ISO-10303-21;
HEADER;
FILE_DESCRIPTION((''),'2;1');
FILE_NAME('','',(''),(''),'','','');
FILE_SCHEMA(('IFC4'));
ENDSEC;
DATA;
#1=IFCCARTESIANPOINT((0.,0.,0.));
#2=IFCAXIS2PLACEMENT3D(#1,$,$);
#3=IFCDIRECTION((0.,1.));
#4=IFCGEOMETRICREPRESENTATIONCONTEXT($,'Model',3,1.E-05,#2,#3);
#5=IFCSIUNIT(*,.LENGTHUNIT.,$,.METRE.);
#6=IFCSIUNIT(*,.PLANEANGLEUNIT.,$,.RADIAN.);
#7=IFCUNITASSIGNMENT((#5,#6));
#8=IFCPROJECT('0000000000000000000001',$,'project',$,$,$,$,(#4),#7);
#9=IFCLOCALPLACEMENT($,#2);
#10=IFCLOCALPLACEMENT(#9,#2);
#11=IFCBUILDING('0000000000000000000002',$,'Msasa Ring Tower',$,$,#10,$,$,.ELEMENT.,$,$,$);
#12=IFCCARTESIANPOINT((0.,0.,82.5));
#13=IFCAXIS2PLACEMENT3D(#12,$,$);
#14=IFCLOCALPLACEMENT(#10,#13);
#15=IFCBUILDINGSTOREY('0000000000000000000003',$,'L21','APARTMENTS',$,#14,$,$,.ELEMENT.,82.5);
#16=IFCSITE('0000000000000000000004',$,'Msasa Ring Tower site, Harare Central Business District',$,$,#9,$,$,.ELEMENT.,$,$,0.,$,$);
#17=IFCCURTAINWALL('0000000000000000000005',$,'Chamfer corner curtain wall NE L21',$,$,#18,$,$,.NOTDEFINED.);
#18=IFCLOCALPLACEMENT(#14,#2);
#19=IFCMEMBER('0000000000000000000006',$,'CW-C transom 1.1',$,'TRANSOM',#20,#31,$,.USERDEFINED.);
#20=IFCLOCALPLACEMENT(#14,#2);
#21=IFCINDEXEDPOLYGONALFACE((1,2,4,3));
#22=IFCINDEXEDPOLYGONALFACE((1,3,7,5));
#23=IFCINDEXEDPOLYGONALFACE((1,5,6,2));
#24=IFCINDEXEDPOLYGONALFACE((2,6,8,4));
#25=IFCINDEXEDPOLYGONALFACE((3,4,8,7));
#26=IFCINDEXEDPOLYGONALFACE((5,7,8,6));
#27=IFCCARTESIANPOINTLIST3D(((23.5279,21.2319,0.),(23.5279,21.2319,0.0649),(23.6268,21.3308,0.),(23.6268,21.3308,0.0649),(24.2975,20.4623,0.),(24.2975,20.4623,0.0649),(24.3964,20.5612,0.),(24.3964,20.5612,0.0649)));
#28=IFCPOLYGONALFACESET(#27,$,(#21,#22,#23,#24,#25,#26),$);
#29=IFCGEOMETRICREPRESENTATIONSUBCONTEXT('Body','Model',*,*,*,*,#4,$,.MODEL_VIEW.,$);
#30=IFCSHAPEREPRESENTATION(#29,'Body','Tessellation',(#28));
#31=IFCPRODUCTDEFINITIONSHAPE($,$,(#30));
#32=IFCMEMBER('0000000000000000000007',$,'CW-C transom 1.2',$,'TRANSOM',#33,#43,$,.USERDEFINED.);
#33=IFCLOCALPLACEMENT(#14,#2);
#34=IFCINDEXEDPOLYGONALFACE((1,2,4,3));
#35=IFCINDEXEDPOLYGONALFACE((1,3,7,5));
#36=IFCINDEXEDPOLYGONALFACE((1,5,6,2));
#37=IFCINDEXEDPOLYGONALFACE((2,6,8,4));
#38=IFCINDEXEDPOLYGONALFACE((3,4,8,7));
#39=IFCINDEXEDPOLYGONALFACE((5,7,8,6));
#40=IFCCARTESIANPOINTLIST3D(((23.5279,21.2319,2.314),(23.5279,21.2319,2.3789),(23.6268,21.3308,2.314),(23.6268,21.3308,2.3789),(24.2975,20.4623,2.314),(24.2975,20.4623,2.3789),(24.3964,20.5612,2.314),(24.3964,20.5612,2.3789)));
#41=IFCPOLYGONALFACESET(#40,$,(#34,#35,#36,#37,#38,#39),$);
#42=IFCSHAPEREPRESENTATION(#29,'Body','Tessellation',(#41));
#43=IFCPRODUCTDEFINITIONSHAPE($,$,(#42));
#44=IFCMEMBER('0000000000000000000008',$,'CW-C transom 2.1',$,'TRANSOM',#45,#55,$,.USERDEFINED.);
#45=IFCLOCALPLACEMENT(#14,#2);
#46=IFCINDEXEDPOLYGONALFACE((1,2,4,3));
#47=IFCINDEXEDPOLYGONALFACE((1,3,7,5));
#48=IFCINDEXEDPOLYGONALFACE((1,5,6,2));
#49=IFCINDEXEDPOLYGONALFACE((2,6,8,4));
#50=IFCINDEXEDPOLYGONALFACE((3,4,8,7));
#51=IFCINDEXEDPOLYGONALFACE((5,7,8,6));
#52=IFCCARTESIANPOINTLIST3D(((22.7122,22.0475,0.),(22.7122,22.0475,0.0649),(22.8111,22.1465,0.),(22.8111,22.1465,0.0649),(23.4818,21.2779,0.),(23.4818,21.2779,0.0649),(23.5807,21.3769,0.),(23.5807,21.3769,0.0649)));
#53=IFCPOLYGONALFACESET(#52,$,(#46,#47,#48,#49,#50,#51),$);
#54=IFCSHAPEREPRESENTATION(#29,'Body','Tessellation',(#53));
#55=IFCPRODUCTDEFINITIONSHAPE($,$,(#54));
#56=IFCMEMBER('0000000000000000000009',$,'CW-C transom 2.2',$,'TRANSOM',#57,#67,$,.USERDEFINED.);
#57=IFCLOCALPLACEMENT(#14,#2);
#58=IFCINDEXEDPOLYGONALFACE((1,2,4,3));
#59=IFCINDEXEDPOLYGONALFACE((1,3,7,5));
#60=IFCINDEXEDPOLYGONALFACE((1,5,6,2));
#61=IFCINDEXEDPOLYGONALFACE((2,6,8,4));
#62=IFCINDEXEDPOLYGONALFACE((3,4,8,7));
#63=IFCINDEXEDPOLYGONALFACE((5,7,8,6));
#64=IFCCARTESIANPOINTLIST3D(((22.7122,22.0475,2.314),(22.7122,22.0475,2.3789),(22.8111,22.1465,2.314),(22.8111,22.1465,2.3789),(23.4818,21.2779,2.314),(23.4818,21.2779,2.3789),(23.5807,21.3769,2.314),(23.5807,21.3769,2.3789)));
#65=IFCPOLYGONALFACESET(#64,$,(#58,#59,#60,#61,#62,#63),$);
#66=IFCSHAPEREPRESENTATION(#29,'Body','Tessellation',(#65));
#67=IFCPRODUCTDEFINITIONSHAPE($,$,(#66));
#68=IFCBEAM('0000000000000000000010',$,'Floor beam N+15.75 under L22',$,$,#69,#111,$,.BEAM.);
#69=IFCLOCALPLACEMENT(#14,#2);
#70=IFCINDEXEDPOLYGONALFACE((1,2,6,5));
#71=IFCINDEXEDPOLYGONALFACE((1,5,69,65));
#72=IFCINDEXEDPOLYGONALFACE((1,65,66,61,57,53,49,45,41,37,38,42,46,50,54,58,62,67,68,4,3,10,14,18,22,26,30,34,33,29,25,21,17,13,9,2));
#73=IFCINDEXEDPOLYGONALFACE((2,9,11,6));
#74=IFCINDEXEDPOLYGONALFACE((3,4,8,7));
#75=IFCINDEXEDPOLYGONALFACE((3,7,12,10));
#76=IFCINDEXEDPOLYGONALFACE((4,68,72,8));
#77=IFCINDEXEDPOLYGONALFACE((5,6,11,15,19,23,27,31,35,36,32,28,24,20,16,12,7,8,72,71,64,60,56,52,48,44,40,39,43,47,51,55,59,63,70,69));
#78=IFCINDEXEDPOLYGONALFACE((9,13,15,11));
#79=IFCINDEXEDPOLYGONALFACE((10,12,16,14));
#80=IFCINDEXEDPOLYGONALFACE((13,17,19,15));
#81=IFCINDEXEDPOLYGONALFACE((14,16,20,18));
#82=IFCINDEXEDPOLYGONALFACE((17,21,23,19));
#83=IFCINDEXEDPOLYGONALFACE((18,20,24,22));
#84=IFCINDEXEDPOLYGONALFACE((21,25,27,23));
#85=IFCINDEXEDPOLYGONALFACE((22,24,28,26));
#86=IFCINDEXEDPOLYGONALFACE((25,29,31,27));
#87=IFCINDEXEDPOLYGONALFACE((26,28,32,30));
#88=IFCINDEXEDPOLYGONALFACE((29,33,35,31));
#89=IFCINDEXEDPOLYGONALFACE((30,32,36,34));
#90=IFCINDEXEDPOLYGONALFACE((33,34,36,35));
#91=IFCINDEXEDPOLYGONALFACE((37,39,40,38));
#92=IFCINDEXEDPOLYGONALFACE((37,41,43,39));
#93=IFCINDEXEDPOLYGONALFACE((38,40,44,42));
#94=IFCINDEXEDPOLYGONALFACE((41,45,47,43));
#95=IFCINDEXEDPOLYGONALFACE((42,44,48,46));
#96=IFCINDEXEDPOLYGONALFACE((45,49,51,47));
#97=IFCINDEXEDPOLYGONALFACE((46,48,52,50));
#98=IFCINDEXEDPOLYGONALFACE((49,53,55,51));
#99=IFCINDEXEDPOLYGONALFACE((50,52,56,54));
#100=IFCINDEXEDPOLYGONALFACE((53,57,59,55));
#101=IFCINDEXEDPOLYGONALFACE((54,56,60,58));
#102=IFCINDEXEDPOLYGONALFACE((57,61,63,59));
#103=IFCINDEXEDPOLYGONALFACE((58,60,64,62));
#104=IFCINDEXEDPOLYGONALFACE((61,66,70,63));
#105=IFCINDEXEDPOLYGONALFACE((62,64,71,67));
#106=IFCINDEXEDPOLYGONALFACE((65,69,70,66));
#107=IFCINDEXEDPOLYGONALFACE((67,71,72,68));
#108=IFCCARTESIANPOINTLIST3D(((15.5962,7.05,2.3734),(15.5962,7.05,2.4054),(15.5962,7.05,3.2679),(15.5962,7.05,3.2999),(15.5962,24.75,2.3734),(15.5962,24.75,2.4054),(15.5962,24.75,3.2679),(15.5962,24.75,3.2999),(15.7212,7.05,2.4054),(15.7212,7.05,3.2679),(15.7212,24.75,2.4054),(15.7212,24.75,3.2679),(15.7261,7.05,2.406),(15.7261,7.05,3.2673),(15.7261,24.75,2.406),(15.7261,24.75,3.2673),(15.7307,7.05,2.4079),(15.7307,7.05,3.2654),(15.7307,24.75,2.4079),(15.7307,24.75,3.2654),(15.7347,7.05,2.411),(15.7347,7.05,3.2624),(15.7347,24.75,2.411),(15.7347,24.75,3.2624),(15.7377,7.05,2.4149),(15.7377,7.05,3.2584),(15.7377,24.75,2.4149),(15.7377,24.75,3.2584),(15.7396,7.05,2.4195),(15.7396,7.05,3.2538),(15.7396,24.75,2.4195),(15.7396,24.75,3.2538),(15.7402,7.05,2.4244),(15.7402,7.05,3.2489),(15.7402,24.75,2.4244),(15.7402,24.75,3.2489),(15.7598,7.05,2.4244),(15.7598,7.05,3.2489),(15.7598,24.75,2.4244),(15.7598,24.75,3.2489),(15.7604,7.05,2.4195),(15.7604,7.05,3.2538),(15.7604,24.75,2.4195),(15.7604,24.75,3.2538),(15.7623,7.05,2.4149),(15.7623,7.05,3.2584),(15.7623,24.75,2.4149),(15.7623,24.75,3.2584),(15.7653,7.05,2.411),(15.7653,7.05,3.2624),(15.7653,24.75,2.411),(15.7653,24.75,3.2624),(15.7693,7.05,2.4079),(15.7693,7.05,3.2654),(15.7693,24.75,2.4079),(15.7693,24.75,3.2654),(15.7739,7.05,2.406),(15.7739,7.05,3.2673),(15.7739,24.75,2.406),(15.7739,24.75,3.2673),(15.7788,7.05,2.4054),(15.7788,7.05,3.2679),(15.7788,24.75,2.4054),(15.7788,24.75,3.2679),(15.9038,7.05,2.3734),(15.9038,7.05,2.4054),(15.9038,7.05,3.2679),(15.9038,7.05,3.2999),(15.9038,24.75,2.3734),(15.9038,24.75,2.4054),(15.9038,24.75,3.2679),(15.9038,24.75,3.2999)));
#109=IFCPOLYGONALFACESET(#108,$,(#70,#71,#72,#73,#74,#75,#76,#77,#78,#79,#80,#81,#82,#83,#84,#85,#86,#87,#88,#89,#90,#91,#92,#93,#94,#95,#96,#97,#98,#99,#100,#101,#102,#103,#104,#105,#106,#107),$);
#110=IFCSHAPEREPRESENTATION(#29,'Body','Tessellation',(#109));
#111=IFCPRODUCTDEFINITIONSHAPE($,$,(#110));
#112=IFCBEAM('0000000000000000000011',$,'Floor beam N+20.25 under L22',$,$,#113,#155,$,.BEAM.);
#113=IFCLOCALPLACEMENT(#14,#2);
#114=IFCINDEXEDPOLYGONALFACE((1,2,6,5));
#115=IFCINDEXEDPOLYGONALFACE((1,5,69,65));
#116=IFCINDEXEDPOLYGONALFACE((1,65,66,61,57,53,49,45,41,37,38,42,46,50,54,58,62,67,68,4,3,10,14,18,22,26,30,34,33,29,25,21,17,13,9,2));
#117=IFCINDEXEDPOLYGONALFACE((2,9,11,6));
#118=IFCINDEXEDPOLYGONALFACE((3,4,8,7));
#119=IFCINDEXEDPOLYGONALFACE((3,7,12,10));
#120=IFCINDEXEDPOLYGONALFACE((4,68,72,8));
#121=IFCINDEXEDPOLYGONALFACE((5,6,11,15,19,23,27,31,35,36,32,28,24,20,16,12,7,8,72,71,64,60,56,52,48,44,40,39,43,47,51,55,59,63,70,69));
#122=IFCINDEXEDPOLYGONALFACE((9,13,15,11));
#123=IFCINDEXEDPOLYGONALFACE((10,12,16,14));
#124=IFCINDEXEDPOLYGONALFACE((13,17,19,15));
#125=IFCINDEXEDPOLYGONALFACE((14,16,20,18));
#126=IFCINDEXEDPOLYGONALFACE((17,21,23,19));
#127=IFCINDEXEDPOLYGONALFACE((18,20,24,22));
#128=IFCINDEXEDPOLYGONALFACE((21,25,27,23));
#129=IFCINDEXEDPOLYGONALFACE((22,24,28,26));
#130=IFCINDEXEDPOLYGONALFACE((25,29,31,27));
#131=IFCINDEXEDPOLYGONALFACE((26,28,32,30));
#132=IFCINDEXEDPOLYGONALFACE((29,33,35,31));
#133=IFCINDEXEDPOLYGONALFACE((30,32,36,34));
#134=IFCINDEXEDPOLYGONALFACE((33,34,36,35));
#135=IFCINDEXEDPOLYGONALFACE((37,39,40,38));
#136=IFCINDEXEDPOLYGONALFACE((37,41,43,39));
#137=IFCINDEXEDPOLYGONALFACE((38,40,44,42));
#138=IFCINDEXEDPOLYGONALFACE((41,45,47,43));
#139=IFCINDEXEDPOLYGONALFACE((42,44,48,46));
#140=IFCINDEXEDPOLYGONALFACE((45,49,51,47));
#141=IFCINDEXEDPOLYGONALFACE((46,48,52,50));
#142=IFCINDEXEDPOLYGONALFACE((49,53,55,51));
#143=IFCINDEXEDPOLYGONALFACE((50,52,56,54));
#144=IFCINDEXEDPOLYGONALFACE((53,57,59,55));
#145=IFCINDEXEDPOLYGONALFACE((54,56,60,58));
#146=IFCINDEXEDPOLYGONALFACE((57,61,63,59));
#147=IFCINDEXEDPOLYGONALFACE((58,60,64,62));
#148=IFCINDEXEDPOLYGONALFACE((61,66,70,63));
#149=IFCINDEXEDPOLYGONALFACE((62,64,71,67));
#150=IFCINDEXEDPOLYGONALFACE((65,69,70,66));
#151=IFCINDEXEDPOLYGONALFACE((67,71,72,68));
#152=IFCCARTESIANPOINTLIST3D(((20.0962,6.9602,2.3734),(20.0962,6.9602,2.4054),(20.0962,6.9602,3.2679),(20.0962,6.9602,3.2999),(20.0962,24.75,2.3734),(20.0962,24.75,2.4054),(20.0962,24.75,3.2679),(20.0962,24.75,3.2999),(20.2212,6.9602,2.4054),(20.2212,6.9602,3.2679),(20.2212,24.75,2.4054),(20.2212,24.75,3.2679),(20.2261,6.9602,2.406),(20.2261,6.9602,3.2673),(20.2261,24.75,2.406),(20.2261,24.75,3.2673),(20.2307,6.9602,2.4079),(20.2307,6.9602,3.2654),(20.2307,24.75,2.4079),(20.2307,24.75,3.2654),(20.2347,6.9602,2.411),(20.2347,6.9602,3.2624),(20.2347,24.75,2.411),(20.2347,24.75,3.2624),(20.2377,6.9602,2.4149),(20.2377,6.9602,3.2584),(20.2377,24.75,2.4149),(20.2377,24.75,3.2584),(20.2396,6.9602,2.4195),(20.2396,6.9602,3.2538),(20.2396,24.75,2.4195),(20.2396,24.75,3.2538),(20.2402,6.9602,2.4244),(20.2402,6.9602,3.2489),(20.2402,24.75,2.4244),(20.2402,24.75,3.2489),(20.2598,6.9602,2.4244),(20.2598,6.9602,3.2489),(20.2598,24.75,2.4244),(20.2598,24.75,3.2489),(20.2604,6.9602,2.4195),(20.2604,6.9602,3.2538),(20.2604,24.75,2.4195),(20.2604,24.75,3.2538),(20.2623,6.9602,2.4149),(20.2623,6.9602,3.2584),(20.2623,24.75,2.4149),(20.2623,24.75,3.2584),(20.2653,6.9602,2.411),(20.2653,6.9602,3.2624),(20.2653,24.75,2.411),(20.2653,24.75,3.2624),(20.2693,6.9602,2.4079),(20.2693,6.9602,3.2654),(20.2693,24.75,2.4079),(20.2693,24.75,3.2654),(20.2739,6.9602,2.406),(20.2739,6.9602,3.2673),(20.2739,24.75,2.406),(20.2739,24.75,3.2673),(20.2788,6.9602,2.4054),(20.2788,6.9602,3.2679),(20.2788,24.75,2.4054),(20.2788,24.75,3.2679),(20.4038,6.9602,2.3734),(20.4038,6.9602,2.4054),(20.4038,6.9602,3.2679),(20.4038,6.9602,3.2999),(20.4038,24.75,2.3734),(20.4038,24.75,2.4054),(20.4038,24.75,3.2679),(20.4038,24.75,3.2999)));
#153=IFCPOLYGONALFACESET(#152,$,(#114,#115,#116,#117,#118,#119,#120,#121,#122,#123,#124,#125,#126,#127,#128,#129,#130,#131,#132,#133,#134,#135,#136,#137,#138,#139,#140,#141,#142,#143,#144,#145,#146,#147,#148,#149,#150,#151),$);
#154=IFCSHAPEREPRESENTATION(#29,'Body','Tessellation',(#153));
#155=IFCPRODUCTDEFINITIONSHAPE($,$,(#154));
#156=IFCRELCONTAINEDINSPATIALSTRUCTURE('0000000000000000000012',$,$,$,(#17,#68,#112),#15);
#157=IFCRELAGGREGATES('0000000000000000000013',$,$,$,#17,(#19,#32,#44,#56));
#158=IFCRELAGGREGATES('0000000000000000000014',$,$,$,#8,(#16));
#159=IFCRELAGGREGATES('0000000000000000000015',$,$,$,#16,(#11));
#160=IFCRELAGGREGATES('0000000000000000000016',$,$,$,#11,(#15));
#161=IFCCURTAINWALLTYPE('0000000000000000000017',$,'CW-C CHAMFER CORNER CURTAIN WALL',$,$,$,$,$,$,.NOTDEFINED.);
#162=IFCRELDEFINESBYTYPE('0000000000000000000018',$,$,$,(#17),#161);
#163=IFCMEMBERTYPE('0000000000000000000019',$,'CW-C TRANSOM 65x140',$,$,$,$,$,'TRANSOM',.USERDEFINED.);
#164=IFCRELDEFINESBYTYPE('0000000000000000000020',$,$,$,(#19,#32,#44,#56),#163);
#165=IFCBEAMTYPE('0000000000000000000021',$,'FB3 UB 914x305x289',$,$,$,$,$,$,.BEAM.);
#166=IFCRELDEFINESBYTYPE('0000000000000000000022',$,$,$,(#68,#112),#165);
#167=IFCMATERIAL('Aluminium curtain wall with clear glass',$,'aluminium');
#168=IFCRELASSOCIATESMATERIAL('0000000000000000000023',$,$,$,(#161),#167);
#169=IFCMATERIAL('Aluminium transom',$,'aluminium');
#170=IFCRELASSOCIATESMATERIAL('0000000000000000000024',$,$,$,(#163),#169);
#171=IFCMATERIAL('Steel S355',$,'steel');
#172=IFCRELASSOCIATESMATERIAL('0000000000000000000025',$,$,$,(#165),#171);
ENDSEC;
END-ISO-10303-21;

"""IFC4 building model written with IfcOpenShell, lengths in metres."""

from ifc_helpers import new_model, si_unit, direction, frame, origin, origin_2d, place, context, subcontext, project, spatial, rectangle, i_section, extrude, material, material_profile, profile_set, type_object, element, aggregate, save


model = new_model("IFC4")

# Units and contexts
model_context = context("Model", 3, precision=1e-05, world=origin(), true_north=direction((0.0, 1.0)))
body_context = subcontext(model_context, "Body", "Model", "MODEL_VIEW")
ifc_project = project(units=[si_unit("LENGTHUNIT", "METRE"), si_unit("PLANEANGLEUNIT", "RADIAN")], contexts=[model_context])

# Site, building, storey
site_placement = place(None, origin())
site = spatial("IfcSite", under=ifc_project, at=site_placement, Name="Msasa Ring Tower site, Harare Central Business District", CompositionType="ELEMENT", RefElevation=0.0)
building_placement = place(site_placement, origin())
building = spatial("IfcBuilding", under=site, at=building_placement, Name="Msasa Ring Tower", CompositionType="ELEMENT")
storey_placement = place(building_placement, frame((0.0, 0.0, 82.5)))
storey = spatial("IfcBuildingStorey", under=building, at=storey_placement, Name="L21", Description="APARTMENTS", CompositionType="ELEMENT", Elevation=82.5)

# Curtain wall
ifc_material_1 = material(Name="Aluminium curtain wall with clear glass", Category="aluminium")
curtain_wall_type = type_object("IfcCurtainWallType", Name="CW-C CHAMFER CORNER CURTAIN WALL", PredefinedType="NOTDEFINED", material=ifc_material_1)
curtain_wall_1_placement = place(storey_placement, origin())
curtain_wall_1 = element("IfcCurtainWall", 1, at=curtain_wall_1_placement, inside=storey, type_object=curtain_wall_type, Name="Chamfer corner curtain wall NE L21", PredefinedType="NOTDEFINED")

# Members
ifc_material_2 = material(Name="Aluminium transom", Category="aluminium")
ifc_material_profile_1 = material_profile(ifc_material_2, rectangle(XDim=0.1399, YDim=0.0649, at=origin_2d()), Name="AL 65x140")
ifc_profile_set_1 = profile_set([ifc_material_profile_1], Name="Aluminium transom")
member_type_1 = type_object("IfcMemberType", Name="CW-C TRANSOM 65x140", ElementType="TRANSOM", PredefinedType="USERDEFINED", material=ifc_profile_set_1)
member_1_placement = place(storey_placement, frame((24.3469, 20.5117, 0.0325), z_axis=(-0.707107, 0.707107, 0.0), x_axis=(-0.707107, -0.707107, 0.0)))
member_1 = element("IfcMember", 2, at=member_1_placement, type_object=member_type_1, Name="CW-C transom 1.1", ObjectType="TRANSOM", PredefinedType="USERDEFINED", context=body_context, shape_type="SweptSolid", body=[
    extrude(rectangle(XDim=0.1399, YDim=0.0649, at=origin_2d()), origin(), (0.0, 0.0, 1.0), 1.0884),
])
member_2_placement = place(storey_placement, frame((24.3469, 20.5117, 2.3464), z_axis=(-0.707107, 0.707107, 0.0), x_axis=(-0.707107, -0.707107, 0.0)))
member_2 = element("IfcMember", 3, at=member_2_placement, type_object=member_type_1, Name="CW-C transom 1.2", ObjectType="TRANSOM", PredefinedType="USERDEFINED", context=body_context, shape_type="SweptSolid", body=[
    extrude(rectangle(XDim=0.1399, YDim=0.0649, at=origin_2d()), origin(), (0.0, 0.0, 1.0), 1.0884),
])
member_3_placement = place(storey_placement, frame((23.5312, 21.3274, 0.0325), z_axis=(-0.707107, 0.707107, 0.0), x_axis=(-0.707107, -0.707107, 0.0)))
member_3 = element("IfcMember", 4, at=member_3_placement, type_object=member_type_1, Name="CW-C transom 2.1", ObjectType="TRANSOM", PredefinedType="USERDEFINED", context=body_context, shape_type="SweptSolid", body=[
    extrude(rectangle(XDim=0.1399, YDim=0.0649, at=origin_2d()), origin(), (0.0, 0.0, 1.0), 1.0884),
])
member_4_placement = place(storey_placement, frame((23.5312, 21.3274, 2.3464), z_axis=(-0.707107, 0.707107, 0.0), x_axis=(-0.707107, -0.707107, 0.0)))
member_4 = element("IfcMember", 5, at=member_4_placement, type_object=member_type_1, Name="CW-C transom 2.2", ObjectType="TRANSOM", PredefinedType="USERDEFINED", context=body_context, shape_type="SweptSolid", body=[
    extrude(rectangle(XDim=0.1399, YDim=0.0649, at=origin_2d()), origin(), (0.0, 0.0, 1.0), 1.0884),
])

# Beams
ifc_material_3 = material(Name="Steel S355", Category="steel")
ifc_material_profile_2 = material_profile(ifc_material_3, i_section(OverallWidth=0.3076, OverallDepth=0.9265, WebThickness=0.0195, FlangeThickness=0.032, FilletRadius=0.019, at=origin_2d()), Name="UB 914x305x289")
ifc_profile_set_2 = profile_set([ifc_material_profile_2], Name="Steel S355")
beam_type_1 = type_object("IfcBeamType", Name="FB3 UB 914x305x289", PredefinedType="BEAM", material=ifc_profile_set_2)
beam_1_placement = place(storey_placement, frame((15.75, 24.75, 2.8367), z_axis=(0.0, -1.0, 0.0), x_axis=(1.0, 0.0, 0.0)))
element("IfcBeam", 6, at=beam_1_placement, inside=storey, type_object=beam_type_1, Name="Floor beam N+15.75 under L22", PredefinedType="BEAM", context=body_context, shape_type="SweptSolid", body=[
    extrude(i_section(OverallWidth=0.3076, OverallDepth=0.9265, WebThickness=0.0195, FlangeThickness=0.032, FilletRadius=0.019, at=origin_2d()), origin(), (0.0, 0.0, 1.0), 17.7),
])
beam_2_placement = place(storey_placement, frame((20.25, 24.75, 2.8367), z_axis=(0.0, -1.0, 0.0), x_axis=(1.0, 0.0, 0.0)))
element("IfcBeam", 7, at=beam_2_placement, inside=storey, type_object=beam_type_1, Name="Floor beam N+20.25 under L22", PredefinedType="BEAM", context=body_context, shape_type="SweptSolid", body=[
    extrude(i_section(OverallWidth=0.3076, OverallDepth=0.9265, WebThickness=0.0195, FlangeThickness=0.032, FilletRadius=0.019, at=origin_2d()), origin(), (0.0, 0.0, 1.0), 17.7898),
])

aggregate(curtain_wall_1, [member_1, member_2, member_3, member_4])

save(model, "model.ifc")
